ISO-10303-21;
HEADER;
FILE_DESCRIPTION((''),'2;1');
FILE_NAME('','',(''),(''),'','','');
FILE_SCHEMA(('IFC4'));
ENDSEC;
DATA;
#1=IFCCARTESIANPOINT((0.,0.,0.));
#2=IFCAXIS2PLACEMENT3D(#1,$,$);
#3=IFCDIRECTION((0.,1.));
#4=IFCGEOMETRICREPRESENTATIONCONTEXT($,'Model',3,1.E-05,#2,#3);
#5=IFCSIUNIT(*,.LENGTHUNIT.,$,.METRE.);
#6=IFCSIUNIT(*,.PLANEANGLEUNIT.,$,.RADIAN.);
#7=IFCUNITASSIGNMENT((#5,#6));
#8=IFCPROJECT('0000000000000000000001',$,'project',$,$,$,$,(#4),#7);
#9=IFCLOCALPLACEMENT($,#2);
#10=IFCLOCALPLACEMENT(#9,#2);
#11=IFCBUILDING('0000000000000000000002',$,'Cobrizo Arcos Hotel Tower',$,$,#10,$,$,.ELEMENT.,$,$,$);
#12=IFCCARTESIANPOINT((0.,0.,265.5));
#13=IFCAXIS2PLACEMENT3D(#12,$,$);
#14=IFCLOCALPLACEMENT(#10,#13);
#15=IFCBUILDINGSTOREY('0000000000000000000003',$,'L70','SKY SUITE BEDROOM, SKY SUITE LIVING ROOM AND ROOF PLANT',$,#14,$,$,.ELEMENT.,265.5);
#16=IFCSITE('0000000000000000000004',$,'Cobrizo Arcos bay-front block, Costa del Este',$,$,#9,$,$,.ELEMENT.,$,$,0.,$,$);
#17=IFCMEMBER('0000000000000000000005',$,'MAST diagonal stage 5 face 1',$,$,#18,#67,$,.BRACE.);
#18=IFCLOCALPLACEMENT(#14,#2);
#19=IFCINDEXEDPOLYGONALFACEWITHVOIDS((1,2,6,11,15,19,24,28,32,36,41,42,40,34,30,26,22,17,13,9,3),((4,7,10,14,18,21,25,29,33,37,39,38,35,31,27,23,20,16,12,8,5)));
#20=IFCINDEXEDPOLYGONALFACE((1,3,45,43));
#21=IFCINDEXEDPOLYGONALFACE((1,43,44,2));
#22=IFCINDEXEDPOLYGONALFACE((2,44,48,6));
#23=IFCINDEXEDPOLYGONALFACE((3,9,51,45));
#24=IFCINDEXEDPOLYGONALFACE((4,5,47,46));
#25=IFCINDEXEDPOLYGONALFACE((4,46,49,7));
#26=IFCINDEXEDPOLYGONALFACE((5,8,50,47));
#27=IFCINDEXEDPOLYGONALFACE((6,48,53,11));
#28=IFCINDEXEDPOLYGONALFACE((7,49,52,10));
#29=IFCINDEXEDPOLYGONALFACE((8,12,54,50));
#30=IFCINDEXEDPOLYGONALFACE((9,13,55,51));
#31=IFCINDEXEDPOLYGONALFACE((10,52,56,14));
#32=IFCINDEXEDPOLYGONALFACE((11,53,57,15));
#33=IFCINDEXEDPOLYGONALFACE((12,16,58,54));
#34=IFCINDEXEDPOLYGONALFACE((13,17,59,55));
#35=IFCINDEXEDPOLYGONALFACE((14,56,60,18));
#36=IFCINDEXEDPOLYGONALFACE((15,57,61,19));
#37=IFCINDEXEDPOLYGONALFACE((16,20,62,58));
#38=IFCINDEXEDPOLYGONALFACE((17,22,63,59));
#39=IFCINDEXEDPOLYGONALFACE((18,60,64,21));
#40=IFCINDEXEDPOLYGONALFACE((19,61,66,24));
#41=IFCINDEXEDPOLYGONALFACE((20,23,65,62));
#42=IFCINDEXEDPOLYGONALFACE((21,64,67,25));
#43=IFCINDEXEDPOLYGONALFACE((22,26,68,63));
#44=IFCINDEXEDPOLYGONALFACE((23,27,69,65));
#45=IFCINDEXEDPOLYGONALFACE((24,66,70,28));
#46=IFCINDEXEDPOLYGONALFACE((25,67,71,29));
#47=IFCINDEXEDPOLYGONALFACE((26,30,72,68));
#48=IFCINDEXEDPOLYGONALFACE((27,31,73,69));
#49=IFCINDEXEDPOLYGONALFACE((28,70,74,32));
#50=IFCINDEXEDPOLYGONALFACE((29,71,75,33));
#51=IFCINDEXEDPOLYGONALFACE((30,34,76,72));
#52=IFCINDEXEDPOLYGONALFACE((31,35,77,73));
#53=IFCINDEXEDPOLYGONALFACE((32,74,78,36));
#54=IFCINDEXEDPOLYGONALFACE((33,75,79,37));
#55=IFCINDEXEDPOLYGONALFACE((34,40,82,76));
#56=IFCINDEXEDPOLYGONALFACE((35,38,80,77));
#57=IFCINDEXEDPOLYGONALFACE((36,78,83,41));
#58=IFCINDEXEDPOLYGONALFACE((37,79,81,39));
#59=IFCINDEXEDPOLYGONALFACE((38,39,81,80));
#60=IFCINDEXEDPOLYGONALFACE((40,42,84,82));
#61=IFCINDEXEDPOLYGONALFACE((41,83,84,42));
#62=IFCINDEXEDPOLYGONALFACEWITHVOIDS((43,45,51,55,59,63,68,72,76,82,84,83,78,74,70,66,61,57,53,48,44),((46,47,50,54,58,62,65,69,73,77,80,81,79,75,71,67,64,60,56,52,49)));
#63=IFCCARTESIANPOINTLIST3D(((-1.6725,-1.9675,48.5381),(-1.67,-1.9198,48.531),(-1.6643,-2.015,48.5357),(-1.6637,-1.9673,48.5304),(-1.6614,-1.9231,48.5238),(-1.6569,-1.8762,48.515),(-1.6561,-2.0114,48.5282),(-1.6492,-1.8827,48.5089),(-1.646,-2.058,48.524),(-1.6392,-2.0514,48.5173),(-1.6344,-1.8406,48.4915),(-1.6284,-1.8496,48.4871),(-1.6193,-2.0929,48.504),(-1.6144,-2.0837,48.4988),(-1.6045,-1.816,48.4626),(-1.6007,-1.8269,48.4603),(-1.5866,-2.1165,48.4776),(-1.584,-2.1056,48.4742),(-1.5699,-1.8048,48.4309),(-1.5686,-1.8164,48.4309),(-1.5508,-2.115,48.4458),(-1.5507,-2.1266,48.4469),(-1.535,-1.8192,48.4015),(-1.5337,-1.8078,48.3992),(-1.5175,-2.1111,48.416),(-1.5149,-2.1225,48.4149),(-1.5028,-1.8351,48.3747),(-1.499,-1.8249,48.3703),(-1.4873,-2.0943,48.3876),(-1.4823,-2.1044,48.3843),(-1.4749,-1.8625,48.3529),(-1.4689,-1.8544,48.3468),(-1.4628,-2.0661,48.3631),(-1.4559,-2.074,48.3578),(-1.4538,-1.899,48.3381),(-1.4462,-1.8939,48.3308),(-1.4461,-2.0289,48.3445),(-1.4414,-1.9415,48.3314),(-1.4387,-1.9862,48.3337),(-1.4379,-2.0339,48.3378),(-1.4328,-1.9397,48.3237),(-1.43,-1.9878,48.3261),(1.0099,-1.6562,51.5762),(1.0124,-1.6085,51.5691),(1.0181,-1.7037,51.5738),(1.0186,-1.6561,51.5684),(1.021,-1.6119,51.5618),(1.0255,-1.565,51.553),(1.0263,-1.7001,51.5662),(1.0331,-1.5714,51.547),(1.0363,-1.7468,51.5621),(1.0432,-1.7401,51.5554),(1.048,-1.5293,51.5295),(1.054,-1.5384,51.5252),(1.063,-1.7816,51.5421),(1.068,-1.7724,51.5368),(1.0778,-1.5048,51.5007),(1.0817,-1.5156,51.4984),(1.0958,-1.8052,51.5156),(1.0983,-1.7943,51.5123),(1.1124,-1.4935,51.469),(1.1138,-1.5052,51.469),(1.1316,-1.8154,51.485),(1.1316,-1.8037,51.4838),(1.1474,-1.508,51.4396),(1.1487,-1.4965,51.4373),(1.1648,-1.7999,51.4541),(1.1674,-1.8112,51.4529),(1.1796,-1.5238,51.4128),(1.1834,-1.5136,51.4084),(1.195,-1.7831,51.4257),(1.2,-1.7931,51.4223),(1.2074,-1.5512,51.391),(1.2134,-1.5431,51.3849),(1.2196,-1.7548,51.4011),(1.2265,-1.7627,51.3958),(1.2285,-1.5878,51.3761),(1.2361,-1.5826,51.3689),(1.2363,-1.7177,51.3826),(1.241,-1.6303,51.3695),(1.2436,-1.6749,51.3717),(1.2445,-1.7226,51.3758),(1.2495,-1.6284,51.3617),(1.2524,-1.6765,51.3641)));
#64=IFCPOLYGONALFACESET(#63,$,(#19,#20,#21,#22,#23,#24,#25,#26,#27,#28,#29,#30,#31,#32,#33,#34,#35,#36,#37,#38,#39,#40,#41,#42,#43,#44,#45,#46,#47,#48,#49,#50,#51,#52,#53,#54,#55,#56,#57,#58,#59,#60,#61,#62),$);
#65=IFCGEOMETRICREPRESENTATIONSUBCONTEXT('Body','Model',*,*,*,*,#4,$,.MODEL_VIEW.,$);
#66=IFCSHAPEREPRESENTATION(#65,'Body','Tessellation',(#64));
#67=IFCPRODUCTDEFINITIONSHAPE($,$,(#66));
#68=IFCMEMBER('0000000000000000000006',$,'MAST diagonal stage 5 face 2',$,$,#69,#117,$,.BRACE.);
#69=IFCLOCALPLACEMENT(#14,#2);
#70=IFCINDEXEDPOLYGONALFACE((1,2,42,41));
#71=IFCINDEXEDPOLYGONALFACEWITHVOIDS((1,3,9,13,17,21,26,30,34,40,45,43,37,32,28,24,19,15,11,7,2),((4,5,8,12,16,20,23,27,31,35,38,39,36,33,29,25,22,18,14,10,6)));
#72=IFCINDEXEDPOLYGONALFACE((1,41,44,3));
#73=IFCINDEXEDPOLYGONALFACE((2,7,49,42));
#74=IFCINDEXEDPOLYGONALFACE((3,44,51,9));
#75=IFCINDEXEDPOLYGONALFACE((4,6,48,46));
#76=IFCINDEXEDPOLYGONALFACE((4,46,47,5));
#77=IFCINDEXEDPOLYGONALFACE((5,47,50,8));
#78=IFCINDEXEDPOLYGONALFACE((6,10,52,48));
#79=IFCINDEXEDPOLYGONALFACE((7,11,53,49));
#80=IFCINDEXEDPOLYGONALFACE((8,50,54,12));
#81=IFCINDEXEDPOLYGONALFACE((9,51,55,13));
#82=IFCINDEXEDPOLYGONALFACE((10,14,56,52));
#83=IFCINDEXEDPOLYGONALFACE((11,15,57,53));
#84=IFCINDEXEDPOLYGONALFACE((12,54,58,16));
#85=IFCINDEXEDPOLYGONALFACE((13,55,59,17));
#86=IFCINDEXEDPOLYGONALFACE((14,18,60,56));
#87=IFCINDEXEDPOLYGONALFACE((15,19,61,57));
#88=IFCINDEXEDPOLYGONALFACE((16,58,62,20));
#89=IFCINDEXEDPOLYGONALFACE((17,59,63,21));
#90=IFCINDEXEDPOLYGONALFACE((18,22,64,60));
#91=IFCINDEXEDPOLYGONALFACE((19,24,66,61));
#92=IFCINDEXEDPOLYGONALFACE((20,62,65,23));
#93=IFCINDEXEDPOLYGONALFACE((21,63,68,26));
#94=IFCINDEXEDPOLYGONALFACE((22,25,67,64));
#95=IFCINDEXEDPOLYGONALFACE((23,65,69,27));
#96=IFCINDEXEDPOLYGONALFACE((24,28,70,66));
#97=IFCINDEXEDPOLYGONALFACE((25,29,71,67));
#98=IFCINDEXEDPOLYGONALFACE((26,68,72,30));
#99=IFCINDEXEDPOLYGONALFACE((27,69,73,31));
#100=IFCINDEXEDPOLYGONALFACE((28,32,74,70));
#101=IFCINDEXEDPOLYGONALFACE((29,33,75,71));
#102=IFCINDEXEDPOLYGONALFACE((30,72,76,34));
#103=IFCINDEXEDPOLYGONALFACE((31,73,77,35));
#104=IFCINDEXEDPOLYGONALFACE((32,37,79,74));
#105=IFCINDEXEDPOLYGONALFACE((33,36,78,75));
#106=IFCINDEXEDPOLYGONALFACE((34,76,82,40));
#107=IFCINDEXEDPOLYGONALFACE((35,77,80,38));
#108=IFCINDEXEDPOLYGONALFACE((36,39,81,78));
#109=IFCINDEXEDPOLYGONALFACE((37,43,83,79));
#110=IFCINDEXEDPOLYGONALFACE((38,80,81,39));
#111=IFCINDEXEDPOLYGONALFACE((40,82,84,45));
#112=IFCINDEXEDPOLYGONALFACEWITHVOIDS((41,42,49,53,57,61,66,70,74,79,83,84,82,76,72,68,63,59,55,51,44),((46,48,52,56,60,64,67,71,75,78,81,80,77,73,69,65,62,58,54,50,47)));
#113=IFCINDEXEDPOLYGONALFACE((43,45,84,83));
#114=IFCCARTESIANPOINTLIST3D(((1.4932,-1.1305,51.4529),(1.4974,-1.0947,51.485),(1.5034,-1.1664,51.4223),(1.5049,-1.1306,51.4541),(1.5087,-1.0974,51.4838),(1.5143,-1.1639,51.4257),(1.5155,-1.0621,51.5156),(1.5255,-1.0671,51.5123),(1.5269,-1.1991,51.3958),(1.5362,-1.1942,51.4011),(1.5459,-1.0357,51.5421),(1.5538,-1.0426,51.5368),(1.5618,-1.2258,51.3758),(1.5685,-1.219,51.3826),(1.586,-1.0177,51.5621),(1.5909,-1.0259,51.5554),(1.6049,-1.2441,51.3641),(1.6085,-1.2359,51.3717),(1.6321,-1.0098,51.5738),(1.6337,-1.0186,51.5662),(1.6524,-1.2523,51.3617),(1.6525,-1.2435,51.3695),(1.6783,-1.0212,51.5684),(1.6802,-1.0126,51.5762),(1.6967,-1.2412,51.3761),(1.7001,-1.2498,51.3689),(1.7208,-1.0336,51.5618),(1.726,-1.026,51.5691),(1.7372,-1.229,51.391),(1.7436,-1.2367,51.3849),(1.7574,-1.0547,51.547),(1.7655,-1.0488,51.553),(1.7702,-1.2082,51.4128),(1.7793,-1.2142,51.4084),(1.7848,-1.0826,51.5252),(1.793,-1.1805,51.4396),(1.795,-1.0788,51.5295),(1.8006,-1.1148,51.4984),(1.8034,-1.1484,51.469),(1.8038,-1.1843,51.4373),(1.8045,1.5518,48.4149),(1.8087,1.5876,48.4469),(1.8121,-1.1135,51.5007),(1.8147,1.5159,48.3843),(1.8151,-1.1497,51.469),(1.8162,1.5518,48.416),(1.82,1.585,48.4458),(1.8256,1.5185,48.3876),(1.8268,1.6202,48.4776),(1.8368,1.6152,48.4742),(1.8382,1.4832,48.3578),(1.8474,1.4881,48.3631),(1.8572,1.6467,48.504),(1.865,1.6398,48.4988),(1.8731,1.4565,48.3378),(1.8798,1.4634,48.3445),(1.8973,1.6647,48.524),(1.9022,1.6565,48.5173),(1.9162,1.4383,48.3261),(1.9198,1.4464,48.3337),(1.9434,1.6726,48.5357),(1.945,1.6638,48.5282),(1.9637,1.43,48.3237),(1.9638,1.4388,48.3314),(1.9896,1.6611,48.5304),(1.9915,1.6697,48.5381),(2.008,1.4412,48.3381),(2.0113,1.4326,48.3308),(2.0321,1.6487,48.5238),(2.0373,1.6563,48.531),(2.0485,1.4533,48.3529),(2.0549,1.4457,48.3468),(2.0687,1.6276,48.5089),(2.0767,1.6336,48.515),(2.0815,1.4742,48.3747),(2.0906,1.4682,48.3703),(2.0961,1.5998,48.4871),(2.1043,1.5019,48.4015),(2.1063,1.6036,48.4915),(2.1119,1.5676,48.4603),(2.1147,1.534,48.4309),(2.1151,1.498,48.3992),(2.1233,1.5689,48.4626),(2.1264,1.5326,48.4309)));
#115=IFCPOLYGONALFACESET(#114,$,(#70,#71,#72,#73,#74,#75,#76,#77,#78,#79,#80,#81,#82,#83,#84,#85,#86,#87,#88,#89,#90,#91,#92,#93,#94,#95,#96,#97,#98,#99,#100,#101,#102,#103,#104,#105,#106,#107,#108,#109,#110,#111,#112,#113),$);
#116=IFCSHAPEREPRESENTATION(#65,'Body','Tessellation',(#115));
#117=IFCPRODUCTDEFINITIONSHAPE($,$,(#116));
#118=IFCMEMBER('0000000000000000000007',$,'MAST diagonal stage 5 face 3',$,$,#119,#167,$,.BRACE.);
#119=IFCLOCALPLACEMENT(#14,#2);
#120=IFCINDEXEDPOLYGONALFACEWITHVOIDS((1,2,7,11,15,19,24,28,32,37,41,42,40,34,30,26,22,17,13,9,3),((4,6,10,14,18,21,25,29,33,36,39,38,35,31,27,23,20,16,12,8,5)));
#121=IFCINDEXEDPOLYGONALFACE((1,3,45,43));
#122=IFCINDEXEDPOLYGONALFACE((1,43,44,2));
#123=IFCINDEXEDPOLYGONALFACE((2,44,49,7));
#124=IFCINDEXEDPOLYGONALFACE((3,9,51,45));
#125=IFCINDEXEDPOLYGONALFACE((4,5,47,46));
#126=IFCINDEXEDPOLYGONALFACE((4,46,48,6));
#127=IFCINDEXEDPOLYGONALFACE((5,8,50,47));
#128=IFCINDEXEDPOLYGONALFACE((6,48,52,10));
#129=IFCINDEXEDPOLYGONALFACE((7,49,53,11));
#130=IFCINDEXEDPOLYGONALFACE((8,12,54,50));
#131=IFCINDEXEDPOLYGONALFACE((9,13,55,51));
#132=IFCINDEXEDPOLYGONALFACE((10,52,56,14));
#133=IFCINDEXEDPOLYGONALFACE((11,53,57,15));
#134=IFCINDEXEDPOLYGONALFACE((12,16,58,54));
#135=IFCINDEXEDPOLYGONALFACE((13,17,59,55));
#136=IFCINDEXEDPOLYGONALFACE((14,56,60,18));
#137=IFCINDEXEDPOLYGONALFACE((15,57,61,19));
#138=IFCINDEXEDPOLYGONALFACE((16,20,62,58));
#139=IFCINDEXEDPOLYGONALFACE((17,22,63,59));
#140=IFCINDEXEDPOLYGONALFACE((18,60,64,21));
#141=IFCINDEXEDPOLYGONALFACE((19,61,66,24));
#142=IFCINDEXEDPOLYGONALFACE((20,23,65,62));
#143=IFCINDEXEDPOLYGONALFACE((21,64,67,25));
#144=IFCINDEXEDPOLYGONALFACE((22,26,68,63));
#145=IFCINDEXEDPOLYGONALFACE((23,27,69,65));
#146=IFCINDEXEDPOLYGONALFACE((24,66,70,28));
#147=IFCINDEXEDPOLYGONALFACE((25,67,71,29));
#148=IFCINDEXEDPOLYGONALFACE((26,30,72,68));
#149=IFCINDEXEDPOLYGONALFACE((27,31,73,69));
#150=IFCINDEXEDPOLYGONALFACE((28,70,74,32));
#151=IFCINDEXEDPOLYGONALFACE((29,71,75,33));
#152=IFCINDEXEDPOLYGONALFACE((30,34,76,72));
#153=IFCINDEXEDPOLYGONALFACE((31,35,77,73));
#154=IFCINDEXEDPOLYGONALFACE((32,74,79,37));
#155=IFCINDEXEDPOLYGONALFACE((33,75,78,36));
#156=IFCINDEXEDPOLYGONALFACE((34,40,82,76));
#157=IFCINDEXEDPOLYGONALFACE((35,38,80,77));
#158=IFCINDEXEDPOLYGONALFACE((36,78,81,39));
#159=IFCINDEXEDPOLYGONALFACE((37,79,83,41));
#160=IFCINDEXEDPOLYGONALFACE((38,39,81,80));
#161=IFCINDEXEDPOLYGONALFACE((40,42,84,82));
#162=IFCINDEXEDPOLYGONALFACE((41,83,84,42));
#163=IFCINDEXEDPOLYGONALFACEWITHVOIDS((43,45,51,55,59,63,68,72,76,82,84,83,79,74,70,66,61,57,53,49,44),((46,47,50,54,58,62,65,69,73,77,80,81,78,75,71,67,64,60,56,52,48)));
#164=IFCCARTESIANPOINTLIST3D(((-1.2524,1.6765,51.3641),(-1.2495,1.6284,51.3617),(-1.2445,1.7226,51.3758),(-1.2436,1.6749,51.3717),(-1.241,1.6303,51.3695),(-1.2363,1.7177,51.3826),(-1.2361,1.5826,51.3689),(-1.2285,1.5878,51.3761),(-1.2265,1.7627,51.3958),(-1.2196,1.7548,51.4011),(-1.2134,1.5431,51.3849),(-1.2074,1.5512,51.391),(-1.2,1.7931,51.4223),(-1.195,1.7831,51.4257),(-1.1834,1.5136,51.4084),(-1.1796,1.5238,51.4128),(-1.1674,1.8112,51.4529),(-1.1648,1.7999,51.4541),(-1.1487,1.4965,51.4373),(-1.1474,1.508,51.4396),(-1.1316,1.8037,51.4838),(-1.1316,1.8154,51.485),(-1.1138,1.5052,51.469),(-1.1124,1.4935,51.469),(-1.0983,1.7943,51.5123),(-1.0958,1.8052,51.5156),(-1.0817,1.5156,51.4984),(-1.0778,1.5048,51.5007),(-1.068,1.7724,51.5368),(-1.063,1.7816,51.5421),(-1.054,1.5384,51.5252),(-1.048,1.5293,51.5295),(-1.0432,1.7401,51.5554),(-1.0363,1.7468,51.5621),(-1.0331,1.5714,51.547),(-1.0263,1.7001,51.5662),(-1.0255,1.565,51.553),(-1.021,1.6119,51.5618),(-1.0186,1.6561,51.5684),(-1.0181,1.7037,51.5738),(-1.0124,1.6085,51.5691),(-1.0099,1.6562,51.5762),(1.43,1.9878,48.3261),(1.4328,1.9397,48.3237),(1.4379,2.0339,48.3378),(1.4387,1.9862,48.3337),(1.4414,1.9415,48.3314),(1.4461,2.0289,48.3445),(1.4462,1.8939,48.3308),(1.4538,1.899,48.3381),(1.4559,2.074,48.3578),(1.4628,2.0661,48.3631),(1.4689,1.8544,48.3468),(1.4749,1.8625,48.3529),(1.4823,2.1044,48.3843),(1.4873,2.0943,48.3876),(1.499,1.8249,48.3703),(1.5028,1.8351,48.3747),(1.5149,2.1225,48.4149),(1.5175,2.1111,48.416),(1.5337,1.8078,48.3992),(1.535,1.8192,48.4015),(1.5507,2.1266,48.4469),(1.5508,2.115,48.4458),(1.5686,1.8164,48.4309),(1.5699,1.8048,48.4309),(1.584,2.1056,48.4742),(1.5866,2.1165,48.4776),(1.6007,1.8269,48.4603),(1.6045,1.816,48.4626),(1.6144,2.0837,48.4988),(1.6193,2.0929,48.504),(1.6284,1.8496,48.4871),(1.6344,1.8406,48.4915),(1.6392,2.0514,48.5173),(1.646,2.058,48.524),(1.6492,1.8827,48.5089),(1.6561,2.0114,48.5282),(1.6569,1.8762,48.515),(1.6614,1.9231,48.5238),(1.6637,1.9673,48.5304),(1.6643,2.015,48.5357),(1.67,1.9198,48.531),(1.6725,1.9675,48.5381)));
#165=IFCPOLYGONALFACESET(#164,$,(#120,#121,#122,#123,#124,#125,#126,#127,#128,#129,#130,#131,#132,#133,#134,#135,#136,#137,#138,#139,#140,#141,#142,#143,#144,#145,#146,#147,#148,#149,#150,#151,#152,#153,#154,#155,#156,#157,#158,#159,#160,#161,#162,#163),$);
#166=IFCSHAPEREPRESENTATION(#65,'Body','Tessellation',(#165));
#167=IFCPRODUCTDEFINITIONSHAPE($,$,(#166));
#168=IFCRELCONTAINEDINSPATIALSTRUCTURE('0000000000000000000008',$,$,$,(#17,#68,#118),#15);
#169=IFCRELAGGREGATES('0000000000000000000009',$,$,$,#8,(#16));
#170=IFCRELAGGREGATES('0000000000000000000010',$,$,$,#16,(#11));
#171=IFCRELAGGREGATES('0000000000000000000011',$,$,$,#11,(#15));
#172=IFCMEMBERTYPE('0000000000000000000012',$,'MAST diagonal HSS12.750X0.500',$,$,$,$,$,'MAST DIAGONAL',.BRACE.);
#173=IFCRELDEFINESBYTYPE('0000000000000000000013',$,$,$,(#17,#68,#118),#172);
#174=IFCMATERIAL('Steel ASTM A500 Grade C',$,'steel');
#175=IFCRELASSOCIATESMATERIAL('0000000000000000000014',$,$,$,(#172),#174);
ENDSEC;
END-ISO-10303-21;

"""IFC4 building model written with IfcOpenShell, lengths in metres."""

from ifc_helpers import new_model, si_unit, direction, frame, origin, origin_2d, place, context, subcontext, project, spatial, hollow_circle, extrude, material, material_profile, profile_set, type_object, element, save


model = new_model("IFC4")

# Units and contexts
model_context = context("Model", 3, precision=1e-05, world=origin(), true_north=direction((0.0, 1.0)))
body_context = subcontext(model_context, "Body", "Model", "MODEL_VIEW")
ifc_project = project(units=[si_unit("LENGTHUNIT", "METRE"), si_unit("PLANEANGLEUNIT", "RADIAN")], contexts=[model_context])

# Site, building, storey
site_placement = place(None, origin())
site = spatial("IfcSite", under=ifc_project, at=site_placement, Name="Cobrizo Arcos bay-front block, Costa del Este", CompositionType="ELEMENT", RefElevation=0.0)
building_placement = place(site_placement, origin())
building = spatial("IfcBuilding", under=site, at=building_placement, Name="Cobrizo Arcos Hotel Tower", CompositionType="ELEMENT")
storey_placement = place(building_placement, frame((0.0, 0.0, 265.5)))
storey = spatial("IfcBuildingStorey", under=building, at=storey_placement, Name="L70", Description="SKY SUITE BEDROOM, SKY SUITE LIVING ROOM AND ROOF PLANT", CompositionType="ELEMENT", Elevation=265.5)

# Members
ifc_material_1 = material(Name="Steel ASTM A500 Grade C", Category="steel")
ifc_material_profile_1 = material_profile(ifc_material_1, hollow_circle(Radius=0.1619, WallThickness=0.0117, at=origin_2d()), Name="HSS12.750X0.500")
ifc_profile_set_1 = profile_set([ifc_material_profile_1], Name="Steel ASTM A500 Grade C")
member_type_1 = type_object("IfcMemberType", Name="MAST diagonal HSS12.750X0.500", ElementType="MAST DIAGONAL", PredefinedType="BRACE", material=ifc_profile_set_1)
for number, where, z_axis, x_axis, name in (
    (1, (-1.5513, -1.9656, 48.4309), (0.659915, 0.076581, 0.747427), (-0.115273, 0.993334, 0.0), "MAST diagonal stage 5 face 1"),
    (2, (1.9656, 1.5513, 48.4309), (-0.076581, -0.659915, 0.747427), (0.993334, -0.115273, 0.0), "MAST diagonal stage 5 face 2"),
    (3, (1.5513, 1.9656, 48.4309), (-0.659915, -0.076581, 0.747427), (0.115273, -0.993334, 0.0), "MAST diagonal stage 5 face 3"),
):
    element("IfcMember", number, at=place(storey_placement, frame(where, z_axis=z_axis, x_axis=x_axis)), inside=storey, type_object=member_type_1, Name=name, PredefinedType="BRACE", context=body_context, shape_type="SweptSolid", body=[
        extrude(hollow_circle(Radius=0.1619, WallThickness=0.0117, at=origin_2d()), origin(), (0.0, 0.0, 1.0), 4.0647),
    ])

save(model, "model.ifc")
